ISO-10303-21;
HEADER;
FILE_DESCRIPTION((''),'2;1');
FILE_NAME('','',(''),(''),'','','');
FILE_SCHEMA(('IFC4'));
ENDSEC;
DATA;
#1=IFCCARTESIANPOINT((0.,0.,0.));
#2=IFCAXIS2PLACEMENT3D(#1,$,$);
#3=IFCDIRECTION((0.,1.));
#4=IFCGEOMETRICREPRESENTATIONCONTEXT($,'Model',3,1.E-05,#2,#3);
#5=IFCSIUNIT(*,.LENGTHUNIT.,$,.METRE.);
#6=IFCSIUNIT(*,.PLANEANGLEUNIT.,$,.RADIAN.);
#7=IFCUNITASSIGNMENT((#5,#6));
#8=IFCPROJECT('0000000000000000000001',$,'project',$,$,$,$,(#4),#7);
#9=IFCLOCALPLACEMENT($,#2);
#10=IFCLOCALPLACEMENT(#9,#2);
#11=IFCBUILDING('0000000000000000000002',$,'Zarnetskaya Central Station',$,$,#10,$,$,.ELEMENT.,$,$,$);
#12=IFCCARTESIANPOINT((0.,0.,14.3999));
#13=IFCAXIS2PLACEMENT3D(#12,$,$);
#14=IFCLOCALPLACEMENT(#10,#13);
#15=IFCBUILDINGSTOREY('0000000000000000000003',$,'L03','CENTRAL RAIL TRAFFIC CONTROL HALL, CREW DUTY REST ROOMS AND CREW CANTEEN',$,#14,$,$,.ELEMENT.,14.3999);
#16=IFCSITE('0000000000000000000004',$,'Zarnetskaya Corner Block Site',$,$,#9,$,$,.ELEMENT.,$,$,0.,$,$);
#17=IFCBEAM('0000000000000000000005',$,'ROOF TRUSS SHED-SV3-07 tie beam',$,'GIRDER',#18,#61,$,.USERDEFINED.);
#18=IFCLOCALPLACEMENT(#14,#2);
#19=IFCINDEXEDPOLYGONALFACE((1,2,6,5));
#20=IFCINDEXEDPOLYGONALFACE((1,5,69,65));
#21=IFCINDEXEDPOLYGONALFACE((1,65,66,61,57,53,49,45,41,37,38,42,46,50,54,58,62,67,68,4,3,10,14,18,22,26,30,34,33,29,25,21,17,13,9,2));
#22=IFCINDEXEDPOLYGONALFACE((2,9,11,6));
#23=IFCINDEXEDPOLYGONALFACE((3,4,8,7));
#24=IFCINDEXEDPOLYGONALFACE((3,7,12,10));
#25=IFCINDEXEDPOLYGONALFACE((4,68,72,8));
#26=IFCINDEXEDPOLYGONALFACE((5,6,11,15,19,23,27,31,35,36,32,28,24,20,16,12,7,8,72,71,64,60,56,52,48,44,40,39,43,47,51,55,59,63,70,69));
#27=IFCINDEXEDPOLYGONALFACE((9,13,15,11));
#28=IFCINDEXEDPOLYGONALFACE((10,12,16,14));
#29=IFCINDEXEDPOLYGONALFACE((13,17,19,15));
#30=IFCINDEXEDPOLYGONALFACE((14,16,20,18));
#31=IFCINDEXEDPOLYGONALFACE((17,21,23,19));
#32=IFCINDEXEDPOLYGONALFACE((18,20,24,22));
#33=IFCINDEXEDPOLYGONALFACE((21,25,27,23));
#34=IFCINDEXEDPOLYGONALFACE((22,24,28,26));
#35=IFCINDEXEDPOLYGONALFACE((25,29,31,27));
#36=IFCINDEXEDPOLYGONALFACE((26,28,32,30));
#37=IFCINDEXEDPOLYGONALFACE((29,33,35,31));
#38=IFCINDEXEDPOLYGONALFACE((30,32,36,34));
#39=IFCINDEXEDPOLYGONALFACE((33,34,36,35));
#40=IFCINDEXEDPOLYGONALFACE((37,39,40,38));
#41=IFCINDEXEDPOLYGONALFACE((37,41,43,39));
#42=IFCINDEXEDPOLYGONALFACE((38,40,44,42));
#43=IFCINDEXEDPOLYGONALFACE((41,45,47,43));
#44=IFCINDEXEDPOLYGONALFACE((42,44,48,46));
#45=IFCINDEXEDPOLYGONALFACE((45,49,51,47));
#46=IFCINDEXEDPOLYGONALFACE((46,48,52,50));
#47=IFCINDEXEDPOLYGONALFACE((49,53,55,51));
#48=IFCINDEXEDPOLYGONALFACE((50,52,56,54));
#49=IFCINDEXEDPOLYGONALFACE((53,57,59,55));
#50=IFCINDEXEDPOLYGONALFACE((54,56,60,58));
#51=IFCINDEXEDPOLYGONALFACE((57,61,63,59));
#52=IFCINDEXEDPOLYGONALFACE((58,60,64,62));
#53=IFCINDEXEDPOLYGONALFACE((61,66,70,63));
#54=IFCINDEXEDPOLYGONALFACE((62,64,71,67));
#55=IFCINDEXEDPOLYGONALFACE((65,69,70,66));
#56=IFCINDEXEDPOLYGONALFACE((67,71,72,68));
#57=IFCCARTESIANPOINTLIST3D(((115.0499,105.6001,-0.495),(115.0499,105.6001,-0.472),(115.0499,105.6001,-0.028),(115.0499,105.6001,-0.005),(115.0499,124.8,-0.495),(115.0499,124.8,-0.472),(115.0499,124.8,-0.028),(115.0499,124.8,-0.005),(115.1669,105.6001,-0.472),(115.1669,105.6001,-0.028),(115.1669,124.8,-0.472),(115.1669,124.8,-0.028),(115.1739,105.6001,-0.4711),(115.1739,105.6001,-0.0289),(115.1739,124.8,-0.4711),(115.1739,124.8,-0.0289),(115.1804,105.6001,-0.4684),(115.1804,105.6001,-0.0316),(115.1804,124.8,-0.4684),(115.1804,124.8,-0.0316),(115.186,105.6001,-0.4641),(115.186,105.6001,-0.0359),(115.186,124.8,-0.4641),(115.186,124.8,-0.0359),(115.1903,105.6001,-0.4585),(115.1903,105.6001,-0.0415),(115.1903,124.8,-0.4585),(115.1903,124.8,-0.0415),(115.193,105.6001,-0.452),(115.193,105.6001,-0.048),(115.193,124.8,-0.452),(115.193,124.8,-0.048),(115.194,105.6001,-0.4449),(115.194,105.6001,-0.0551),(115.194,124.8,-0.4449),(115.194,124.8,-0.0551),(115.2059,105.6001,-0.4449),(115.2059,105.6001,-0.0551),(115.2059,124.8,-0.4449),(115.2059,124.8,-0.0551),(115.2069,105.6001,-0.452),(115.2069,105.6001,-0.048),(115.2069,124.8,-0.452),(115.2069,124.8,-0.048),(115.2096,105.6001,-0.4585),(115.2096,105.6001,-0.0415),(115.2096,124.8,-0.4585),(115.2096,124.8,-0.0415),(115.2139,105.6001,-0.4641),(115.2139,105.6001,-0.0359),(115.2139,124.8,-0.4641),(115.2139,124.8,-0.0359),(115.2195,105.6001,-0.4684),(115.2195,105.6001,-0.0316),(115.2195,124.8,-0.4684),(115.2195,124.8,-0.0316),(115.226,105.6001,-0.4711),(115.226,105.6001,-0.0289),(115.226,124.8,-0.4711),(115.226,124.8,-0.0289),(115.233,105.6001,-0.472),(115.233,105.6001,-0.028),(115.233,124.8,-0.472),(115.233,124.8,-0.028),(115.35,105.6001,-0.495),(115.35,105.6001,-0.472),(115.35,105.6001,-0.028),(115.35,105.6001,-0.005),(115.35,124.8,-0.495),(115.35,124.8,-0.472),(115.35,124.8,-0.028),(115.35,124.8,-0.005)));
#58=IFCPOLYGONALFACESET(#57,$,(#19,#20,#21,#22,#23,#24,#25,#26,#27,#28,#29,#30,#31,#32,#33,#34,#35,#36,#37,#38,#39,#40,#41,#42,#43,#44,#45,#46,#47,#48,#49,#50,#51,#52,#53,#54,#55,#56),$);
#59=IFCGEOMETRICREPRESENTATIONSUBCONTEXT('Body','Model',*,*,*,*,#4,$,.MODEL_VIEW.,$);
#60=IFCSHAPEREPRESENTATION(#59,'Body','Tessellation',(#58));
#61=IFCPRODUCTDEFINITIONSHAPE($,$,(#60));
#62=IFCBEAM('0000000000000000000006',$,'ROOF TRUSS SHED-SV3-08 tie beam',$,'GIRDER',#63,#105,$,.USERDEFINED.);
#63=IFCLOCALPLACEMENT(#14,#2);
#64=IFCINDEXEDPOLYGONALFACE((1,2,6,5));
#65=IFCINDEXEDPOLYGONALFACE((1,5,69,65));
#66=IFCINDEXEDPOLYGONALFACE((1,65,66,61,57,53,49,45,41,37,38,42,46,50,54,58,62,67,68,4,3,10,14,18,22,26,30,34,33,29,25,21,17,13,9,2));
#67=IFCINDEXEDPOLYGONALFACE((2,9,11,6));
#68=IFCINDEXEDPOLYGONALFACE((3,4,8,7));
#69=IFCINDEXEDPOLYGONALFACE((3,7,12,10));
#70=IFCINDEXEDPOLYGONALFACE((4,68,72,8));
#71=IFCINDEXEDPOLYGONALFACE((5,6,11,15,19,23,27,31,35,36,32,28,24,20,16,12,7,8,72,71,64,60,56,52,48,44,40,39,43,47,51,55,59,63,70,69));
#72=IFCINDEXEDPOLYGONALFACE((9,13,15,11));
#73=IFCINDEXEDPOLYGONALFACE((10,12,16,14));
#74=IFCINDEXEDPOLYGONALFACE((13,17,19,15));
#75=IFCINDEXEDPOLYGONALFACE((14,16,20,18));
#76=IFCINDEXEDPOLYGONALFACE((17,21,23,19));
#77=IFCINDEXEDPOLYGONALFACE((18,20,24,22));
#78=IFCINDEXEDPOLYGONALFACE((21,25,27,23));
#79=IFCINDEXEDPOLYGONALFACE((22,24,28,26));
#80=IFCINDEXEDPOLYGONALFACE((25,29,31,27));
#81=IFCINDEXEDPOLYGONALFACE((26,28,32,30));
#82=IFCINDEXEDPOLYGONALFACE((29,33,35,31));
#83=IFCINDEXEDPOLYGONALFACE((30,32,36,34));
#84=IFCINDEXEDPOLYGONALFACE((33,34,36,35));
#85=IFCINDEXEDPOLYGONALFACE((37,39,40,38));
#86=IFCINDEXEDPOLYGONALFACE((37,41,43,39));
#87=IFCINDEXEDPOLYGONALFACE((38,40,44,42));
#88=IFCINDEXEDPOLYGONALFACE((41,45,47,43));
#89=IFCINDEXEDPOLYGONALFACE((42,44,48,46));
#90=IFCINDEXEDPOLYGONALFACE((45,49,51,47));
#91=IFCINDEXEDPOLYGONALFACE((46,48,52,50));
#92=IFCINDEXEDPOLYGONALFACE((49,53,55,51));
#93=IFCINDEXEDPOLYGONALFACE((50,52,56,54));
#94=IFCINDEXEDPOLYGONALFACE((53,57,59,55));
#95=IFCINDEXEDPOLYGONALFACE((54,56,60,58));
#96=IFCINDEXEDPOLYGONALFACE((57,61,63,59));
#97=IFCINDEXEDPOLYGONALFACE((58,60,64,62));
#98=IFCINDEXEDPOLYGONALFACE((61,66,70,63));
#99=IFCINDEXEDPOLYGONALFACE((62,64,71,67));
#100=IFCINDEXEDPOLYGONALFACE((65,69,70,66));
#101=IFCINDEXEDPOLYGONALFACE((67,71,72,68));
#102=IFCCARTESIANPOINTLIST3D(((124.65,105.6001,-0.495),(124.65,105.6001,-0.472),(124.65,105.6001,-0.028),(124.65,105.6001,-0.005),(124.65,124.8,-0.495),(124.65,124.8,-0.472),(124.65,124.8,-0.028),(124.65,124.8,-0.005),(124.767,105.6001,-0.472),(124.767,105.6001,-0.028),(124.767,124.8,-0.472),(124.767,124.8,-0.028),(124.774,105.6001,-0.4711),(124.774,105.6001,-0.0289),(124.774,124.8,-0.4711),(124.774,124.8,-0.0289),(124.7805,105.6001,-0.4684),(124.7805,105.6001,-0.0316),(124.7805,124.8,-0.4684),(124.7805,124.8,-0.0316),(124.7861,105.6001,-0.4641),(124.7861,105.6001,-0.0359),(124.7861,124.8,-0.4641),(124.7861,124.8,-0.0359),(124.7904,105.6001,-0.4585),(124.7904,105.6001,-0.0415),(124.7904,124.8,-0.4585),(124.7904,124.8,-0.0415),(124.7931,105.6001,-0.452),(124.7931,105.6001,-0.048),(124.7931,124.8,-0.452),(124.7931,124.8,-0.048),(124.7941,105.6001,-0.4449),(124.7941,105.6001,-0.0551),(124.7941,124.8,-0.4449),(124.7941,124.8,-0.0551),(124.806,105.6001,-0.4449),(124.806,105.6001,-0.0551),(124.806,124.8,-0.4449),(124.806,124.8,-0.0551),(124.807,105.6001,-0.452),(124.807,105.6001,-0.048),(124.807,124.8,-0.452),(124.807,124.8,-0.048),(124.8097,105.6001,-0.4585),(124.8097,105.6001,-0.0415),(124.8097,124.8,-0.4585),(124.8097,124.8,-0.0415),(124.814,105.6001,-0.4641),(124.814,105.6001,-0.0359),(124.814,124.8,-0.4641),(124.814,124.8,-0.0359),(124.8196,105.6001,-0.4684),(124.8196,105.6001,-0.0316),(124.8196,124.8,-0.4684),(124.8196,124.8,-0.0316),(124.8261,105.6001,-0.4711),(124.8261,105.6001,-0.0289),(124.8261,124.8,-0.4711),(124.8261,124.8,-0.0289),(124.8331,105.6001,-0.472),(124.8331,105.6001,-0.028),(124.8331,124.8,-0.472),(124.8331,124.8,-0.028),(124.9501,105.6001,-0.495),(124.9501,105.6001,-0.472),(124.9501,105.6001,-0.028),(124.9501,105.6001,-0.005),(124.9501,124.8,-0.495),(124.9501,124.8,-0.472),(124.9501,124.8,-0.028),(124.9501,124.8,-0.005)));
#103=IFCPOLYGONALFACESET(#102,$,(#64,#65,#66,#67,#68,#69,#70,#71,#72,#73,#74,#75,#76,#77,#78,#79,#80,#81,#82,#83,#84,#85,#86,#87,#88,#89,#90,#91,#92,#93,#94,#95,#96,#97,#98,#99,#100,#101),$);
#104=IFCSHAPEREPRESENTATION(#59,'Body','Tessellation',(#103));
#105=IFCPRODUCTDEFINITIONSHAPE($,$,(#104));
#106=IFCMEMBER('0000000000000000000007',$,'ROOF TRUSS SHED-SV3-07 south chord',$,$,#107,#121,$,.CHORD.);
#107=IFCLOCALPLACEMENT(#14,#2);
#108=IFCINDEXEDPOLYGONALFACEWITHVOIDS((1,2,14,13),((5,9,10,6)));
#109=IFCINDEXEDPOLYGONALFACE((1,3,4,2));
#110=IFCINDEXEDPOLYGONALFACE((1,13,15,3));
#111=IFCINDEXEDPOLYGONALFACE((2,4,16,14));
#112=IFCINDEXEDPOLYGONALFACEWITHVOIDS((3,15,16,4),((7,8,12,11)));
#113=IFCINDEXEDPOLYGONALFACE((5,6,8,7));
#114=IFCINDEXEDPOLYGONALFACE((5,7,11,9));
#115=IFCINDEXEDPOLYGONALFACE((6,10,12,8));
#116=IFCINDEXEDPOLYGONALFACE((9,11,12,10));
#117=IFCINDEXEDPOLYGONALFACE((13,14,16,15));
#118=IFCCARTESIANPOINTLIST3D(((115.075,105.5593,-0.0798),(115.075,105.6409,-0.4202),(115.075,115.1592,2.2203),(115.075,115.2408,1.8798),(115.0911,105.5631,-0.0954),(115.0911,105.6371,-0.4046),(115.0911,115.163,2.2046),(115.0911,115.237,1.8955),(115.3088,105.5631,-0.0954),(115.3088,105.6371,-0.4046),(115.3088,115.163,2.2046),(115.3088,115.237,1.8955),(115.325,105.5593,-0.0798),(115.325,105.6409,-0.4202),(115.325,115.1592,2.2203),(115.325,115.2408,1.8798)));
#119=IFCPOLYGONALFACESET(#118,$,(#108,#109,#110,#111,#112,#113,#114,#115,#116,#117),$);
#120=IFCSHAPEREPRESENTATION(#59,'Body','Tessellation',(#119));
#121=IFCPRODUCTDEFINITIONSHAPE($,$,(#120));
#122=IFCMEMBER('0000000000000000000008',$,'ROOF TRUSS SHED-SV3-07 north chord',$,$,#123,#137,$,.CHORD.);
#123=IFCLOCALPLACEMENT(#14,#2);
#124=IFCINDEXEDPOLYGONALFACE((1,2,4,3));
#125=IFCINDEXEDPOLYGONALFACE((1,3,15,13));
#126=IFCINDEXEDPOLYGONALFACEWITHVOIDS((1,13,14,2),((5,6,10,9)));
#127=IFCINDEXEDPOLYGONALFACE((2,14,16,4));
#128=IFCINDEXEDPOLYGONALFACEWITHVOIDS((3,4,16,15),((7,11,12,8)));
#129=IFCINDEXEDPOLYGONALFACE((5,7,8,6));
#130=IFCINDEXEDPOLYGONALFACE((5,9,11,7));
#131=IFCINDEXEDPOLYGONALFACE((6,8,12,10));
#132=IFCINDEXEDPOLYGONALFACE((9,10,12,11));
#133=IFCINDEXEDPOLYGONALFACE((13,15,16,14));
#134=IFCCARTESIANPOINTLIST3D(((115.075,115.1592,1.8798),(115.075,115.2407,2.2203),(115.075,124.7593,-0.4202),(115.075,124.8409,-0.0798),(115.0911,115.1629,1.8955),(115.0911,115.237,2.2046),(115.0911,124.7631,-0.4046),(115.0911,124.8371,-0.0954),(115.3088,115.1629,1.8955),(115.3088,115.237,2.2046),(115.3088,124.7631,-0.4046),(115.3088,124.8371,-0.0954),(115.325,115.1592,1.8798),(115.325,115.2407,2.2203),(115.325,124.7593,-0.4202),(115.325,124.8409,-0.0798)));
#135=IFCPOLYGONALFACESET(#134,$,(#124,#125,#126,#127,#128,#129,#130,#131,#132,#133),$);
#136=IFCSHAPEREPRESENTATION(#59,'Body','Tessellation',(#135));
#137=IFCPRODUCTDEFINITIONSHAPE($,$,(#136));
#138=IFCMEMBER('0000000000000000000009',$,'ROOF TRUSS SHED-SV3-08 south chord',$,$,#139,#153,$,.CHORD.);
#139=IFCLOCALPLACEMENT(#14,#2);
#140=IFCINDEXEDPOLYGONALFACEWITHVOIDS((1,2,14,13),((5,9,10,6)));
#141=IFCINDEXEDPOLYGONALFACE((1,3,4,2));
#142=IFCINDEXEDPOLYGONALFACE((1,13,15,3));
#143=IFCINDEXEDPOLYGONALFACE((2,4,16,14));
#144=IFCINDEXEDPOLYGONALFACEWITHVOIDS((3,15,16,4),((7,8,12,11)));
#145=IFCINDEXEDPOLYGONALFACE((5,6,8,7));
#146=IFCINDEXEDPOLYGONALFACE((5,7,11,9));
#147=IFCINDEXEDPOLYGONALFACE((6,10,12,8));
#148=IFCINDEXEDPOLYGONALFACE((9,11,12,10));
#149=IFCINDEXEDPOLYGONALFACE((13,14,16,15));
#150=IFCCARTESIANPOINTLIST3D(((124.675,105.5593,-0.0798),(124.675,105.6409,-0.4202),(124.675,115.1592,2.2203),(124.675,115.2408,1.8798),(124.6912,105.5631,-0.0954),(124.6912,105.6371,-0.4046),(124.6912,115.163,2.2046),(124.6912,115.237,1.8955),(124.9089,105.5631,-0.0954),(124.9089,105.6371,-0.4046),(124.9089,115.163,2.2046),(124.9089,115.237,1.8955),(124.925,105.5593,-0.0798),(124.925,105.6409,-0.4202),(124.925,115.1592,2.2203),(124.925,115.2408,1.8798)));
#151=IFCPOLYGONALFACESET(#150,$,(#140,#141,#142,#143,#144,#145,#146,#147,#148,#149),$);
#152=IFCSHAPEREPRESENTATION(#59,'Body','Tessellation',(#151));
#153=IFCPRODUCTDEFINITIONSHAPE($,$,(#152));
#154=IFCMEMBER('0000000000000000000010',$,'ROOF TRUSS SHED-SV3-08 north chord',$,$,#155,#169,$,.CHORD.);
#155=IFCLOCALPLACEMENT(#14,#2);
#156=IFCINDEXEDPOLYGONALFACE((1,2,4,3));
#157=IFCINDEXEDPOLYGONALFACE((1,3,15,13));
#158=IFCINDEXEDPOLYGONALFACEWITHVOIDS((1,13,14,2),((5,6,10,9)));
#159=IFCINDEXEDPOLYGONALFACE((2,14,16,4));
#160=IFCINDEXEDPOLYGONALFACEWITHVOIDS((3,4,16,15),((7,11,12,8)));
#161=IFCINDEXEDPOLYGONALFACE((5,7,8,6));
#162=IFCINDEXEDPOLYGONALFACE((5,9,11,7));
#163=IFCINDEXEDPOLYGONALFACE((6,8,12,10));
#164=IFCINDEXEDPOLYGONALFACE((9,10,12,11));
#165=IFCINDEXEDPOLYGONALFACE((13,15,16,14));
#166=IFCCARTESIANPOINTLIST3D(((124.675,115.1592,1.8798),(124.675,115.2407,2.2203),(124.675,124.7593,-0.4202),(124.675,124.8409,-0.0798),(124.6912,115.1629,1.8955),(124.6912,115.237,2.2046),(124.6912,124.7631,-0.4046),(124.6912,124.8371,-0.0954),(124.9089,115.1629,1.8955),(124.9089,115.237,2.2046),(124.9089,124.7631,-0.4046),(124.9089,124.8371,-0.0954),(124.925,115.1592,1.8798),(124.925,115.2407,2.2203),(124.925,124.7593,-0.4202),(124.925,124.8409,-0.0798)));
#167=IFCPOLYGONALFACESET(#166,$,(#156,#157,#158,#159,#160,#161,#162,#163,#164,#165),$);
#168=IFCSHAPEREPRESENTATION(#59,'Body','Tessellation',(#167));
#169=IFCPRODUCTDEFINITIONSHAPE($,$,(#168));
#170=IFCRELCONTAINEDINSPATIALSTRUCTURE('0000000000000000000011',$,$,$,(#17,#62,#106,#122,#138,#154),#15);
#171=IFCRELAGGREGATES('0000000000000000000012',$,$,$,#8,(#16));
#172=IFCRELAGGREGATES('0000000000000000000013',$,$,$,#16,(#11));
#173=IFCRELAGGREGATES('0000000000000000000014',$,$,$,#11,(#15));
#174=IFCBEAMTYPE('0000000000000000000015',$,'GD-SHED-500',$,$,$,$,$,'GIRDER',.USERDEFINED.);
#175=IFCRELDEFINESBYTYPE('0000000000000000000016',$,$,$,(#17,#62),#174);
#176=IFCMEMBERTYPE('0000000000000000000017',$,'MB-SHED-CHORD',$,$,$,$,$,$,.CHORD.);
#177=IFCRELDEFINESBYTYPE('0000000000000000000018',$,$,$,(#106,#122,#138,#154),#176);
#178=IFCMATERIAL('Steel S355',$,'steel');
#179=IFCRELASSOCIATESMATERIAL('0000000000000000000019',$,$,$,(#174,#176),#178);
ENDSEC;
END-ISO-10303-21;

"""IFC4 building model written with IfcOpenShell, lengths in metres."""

from ifc_helpers import new_model, si_unit, direction, frame, origin, origin_2d, place, context, subcontext, project, spatial, hollow_rectangle, i_section, extrude, material, material_profile, profile_set, type_object, element, save


model = new_model("IFC4")

# Units and contexts
model_context = context("Model", 3, precision=1e-05, world=origin(), true_north=direction((0.0, 1.0)))
body_context = subcontext(model_context, "Body", "Model", "MODEL_VIEW")
ifc_project = project(units=[si_unit("LENGTHUNIT", "METRE"), si_unit("PLANEANGLEUNIT", "RADIAN")], contexts=[model_context])

# Site, building, storey
site_placement = place(None, origin())
site = spatial("IfcSite", under=ifc_project, at=site_placement, Name="Zarnetskaya Corner Block Site", CompositionType="ELEMENT", RefElevation=0.0)
building_placement = place(site_placement, origin())
building = spatial("IfcBuilding", under=site, at=building_placement, Name="Zarnetskaya Central Station", CompositionType="ELEMENT")
storey_placement = place(building_placement, frame((0.0, 0.0, 14.3999)))
storey = spatial("IfcBuildingStorey", under=building, at=storey_placement, Name="L03", Description="CENTRAL RAIL TRAFFIC CONTROL HALL, CREW DUTY REST ROOMS AND CREW CANTEEN", CompositionType="ELEMENT", Elevation=14.3999)

# Beams
ifc_material_1 = material(Name="Steel S355", Category="steel")
ifc_material_profile_1 = material_profile(ifc_material_1, i_section(OverallWidth=0.3, OverallDepth=0.49, WebThickness=0.012, FlangeThickness=0.0229, FilletRadius=0.0271, at=origin_2d()), Name="HEA 500")
ifc_profile_set_1 = profile_set([ifc_material_profile_1], Name="Steel S355")
beam_type = type_object("IfcBeamType", Name="GD-SHED-500", ElementType="GIRDER", PredefinedType="USERDEFINED", material=ifc_profile_set_1)
for number, where, z_axis, x_axis, name in (
    (1, (115.2, 105.6001, -0.25), (0.0, 1.0, 0.0), (-1.0, 0.0, 0.0), "ROOF TRUSS SHED-SV3-07 tie beam"),
    (2, (124.8, 105.6001, -0.25), (0.0, 1.0, 0.0), (-1.0, 0.0, 0.0), "ROOF TRUSS SHED-SV3-08 tie beam"),
):
    element("IfcBeam", number, at=place(storey_placement, frame(where, z_axis=z_axis, x_axis=x_axis)), inside=storey, type_object=beam_type, Name=name, ObjectType="GIRDER", PredefinedType="USERDEFINED", context=body_context, shape_type="SweptSolid", body=[
        extrude(i_section(OverallWidth=0.3, OverallDepth=0.49, WebThickness=0.012, FlangeThickness=0.0229, FilletRadius=0.0271, at=origin_2d()), origin(), (0.0, 0.0, 1.0), 19.2),
    ])

# Members
ifc_material_profile_2 = material_profile(ifc_material_1, hollow_rectangle(XDim=0.25, YDim=0.3501, WallThickness=0.0161, at=origin_2d()), Name="RHS 350x250x16")
ifc_profile_set_2 = profile_set([ifc_material_profile_2], Name="Steel S355")
member_type_1 = type_object("IfcMemberType", Name="MB-SHED-CHORD", PredefinedType="CHORD", material=ifc_profile_set_2)
member_1_placement = place(storey_placement, frame((115.2, 105.6001, -0.25), z_axis=(0.0, 0.972477, 0.232998), x_axis=(-1.0, 0.0, 0.0)))
element("IfcMember", 3, at=member_1_placement, inside=storey, type_object=member_type_1, Name="ROOF TRUSS SHED-SV3-07 south chord", PredefinedType="CHORD", context=body_context, shape_type="SweptSolid", body=[
    extrude(hollow_rectangle(XDim=0.25, YDim=0.3501, WallThickness=0.0161, at=origin_2d()), origin(), (0.0, 0.0, 1.0), 9.8716),
])
member_2_placement = place(storey_placement, frame((115.2, 115.2, 2.05), z_axis=(0.0, 0.972479, -0.232992), x_axis=(-1.0, 0.0, 0.0)))
element("IfcMember", 4, at=member_2_placement, inside=storey, type_object=member_type_1, Name="ROOF TRUSS SHED-SV3-07 north chord", PredefinedType="CHORD", context=body_context, shape_type="SweptSolid", body=[
    extrude(hollow_rectangle(XDim=0.25, YDim=0.3501, WallThickness=0.0161, at=origin_2d()), origin(), (0.0, 0.0, 1.0), 9.8718),
])
member_3_placement = place(storey_placement, frame((124.8, 105.6001, -0.25), z_axis=(0.0, 0.972477, 0.232998), x_axis=(-1.0, 0.0, 0.0)))
element("IfcMember", 5, at=member_3_placement, inside=storey, type_object=member_type_1, Name="ROOF TRUSS SHED-SV3-08 south chord", PredefinedType="CHORD", context=body_context, shape_type="SweptSolid", body=[
    extrude(hollow_rectangle(XDim=0.25, YDim=0.3501, WallThickness=0.0161, at=origin_2d()), origin(), (0.0, 0.0, 1.0), 9.8716),
])
member_4_placement = place(storey_placement, frame((124.8, 115.2, 2.05), z_axis=(0.0, 0.972479, -0.232992), x_axis=(-1.0, 0.0, 0.0)))
element("IfcMember", 6, at=member_4_placement, inside=storey, type_object=member_type_1, Name="ROOF TRUSS SHED-SV3-08 north chord", PredefinedType="CHORD", context=body_context, shape_type="SweptSolid", body=[
    extrude(hollow_rectangle(XDim=0.25, YDim=0.3501, WallThickness=0.0161, at=origin_2d()), origin(), (0.0, 0.0, 1.0), 9.8718),
])

save(model, "model.ifc")
